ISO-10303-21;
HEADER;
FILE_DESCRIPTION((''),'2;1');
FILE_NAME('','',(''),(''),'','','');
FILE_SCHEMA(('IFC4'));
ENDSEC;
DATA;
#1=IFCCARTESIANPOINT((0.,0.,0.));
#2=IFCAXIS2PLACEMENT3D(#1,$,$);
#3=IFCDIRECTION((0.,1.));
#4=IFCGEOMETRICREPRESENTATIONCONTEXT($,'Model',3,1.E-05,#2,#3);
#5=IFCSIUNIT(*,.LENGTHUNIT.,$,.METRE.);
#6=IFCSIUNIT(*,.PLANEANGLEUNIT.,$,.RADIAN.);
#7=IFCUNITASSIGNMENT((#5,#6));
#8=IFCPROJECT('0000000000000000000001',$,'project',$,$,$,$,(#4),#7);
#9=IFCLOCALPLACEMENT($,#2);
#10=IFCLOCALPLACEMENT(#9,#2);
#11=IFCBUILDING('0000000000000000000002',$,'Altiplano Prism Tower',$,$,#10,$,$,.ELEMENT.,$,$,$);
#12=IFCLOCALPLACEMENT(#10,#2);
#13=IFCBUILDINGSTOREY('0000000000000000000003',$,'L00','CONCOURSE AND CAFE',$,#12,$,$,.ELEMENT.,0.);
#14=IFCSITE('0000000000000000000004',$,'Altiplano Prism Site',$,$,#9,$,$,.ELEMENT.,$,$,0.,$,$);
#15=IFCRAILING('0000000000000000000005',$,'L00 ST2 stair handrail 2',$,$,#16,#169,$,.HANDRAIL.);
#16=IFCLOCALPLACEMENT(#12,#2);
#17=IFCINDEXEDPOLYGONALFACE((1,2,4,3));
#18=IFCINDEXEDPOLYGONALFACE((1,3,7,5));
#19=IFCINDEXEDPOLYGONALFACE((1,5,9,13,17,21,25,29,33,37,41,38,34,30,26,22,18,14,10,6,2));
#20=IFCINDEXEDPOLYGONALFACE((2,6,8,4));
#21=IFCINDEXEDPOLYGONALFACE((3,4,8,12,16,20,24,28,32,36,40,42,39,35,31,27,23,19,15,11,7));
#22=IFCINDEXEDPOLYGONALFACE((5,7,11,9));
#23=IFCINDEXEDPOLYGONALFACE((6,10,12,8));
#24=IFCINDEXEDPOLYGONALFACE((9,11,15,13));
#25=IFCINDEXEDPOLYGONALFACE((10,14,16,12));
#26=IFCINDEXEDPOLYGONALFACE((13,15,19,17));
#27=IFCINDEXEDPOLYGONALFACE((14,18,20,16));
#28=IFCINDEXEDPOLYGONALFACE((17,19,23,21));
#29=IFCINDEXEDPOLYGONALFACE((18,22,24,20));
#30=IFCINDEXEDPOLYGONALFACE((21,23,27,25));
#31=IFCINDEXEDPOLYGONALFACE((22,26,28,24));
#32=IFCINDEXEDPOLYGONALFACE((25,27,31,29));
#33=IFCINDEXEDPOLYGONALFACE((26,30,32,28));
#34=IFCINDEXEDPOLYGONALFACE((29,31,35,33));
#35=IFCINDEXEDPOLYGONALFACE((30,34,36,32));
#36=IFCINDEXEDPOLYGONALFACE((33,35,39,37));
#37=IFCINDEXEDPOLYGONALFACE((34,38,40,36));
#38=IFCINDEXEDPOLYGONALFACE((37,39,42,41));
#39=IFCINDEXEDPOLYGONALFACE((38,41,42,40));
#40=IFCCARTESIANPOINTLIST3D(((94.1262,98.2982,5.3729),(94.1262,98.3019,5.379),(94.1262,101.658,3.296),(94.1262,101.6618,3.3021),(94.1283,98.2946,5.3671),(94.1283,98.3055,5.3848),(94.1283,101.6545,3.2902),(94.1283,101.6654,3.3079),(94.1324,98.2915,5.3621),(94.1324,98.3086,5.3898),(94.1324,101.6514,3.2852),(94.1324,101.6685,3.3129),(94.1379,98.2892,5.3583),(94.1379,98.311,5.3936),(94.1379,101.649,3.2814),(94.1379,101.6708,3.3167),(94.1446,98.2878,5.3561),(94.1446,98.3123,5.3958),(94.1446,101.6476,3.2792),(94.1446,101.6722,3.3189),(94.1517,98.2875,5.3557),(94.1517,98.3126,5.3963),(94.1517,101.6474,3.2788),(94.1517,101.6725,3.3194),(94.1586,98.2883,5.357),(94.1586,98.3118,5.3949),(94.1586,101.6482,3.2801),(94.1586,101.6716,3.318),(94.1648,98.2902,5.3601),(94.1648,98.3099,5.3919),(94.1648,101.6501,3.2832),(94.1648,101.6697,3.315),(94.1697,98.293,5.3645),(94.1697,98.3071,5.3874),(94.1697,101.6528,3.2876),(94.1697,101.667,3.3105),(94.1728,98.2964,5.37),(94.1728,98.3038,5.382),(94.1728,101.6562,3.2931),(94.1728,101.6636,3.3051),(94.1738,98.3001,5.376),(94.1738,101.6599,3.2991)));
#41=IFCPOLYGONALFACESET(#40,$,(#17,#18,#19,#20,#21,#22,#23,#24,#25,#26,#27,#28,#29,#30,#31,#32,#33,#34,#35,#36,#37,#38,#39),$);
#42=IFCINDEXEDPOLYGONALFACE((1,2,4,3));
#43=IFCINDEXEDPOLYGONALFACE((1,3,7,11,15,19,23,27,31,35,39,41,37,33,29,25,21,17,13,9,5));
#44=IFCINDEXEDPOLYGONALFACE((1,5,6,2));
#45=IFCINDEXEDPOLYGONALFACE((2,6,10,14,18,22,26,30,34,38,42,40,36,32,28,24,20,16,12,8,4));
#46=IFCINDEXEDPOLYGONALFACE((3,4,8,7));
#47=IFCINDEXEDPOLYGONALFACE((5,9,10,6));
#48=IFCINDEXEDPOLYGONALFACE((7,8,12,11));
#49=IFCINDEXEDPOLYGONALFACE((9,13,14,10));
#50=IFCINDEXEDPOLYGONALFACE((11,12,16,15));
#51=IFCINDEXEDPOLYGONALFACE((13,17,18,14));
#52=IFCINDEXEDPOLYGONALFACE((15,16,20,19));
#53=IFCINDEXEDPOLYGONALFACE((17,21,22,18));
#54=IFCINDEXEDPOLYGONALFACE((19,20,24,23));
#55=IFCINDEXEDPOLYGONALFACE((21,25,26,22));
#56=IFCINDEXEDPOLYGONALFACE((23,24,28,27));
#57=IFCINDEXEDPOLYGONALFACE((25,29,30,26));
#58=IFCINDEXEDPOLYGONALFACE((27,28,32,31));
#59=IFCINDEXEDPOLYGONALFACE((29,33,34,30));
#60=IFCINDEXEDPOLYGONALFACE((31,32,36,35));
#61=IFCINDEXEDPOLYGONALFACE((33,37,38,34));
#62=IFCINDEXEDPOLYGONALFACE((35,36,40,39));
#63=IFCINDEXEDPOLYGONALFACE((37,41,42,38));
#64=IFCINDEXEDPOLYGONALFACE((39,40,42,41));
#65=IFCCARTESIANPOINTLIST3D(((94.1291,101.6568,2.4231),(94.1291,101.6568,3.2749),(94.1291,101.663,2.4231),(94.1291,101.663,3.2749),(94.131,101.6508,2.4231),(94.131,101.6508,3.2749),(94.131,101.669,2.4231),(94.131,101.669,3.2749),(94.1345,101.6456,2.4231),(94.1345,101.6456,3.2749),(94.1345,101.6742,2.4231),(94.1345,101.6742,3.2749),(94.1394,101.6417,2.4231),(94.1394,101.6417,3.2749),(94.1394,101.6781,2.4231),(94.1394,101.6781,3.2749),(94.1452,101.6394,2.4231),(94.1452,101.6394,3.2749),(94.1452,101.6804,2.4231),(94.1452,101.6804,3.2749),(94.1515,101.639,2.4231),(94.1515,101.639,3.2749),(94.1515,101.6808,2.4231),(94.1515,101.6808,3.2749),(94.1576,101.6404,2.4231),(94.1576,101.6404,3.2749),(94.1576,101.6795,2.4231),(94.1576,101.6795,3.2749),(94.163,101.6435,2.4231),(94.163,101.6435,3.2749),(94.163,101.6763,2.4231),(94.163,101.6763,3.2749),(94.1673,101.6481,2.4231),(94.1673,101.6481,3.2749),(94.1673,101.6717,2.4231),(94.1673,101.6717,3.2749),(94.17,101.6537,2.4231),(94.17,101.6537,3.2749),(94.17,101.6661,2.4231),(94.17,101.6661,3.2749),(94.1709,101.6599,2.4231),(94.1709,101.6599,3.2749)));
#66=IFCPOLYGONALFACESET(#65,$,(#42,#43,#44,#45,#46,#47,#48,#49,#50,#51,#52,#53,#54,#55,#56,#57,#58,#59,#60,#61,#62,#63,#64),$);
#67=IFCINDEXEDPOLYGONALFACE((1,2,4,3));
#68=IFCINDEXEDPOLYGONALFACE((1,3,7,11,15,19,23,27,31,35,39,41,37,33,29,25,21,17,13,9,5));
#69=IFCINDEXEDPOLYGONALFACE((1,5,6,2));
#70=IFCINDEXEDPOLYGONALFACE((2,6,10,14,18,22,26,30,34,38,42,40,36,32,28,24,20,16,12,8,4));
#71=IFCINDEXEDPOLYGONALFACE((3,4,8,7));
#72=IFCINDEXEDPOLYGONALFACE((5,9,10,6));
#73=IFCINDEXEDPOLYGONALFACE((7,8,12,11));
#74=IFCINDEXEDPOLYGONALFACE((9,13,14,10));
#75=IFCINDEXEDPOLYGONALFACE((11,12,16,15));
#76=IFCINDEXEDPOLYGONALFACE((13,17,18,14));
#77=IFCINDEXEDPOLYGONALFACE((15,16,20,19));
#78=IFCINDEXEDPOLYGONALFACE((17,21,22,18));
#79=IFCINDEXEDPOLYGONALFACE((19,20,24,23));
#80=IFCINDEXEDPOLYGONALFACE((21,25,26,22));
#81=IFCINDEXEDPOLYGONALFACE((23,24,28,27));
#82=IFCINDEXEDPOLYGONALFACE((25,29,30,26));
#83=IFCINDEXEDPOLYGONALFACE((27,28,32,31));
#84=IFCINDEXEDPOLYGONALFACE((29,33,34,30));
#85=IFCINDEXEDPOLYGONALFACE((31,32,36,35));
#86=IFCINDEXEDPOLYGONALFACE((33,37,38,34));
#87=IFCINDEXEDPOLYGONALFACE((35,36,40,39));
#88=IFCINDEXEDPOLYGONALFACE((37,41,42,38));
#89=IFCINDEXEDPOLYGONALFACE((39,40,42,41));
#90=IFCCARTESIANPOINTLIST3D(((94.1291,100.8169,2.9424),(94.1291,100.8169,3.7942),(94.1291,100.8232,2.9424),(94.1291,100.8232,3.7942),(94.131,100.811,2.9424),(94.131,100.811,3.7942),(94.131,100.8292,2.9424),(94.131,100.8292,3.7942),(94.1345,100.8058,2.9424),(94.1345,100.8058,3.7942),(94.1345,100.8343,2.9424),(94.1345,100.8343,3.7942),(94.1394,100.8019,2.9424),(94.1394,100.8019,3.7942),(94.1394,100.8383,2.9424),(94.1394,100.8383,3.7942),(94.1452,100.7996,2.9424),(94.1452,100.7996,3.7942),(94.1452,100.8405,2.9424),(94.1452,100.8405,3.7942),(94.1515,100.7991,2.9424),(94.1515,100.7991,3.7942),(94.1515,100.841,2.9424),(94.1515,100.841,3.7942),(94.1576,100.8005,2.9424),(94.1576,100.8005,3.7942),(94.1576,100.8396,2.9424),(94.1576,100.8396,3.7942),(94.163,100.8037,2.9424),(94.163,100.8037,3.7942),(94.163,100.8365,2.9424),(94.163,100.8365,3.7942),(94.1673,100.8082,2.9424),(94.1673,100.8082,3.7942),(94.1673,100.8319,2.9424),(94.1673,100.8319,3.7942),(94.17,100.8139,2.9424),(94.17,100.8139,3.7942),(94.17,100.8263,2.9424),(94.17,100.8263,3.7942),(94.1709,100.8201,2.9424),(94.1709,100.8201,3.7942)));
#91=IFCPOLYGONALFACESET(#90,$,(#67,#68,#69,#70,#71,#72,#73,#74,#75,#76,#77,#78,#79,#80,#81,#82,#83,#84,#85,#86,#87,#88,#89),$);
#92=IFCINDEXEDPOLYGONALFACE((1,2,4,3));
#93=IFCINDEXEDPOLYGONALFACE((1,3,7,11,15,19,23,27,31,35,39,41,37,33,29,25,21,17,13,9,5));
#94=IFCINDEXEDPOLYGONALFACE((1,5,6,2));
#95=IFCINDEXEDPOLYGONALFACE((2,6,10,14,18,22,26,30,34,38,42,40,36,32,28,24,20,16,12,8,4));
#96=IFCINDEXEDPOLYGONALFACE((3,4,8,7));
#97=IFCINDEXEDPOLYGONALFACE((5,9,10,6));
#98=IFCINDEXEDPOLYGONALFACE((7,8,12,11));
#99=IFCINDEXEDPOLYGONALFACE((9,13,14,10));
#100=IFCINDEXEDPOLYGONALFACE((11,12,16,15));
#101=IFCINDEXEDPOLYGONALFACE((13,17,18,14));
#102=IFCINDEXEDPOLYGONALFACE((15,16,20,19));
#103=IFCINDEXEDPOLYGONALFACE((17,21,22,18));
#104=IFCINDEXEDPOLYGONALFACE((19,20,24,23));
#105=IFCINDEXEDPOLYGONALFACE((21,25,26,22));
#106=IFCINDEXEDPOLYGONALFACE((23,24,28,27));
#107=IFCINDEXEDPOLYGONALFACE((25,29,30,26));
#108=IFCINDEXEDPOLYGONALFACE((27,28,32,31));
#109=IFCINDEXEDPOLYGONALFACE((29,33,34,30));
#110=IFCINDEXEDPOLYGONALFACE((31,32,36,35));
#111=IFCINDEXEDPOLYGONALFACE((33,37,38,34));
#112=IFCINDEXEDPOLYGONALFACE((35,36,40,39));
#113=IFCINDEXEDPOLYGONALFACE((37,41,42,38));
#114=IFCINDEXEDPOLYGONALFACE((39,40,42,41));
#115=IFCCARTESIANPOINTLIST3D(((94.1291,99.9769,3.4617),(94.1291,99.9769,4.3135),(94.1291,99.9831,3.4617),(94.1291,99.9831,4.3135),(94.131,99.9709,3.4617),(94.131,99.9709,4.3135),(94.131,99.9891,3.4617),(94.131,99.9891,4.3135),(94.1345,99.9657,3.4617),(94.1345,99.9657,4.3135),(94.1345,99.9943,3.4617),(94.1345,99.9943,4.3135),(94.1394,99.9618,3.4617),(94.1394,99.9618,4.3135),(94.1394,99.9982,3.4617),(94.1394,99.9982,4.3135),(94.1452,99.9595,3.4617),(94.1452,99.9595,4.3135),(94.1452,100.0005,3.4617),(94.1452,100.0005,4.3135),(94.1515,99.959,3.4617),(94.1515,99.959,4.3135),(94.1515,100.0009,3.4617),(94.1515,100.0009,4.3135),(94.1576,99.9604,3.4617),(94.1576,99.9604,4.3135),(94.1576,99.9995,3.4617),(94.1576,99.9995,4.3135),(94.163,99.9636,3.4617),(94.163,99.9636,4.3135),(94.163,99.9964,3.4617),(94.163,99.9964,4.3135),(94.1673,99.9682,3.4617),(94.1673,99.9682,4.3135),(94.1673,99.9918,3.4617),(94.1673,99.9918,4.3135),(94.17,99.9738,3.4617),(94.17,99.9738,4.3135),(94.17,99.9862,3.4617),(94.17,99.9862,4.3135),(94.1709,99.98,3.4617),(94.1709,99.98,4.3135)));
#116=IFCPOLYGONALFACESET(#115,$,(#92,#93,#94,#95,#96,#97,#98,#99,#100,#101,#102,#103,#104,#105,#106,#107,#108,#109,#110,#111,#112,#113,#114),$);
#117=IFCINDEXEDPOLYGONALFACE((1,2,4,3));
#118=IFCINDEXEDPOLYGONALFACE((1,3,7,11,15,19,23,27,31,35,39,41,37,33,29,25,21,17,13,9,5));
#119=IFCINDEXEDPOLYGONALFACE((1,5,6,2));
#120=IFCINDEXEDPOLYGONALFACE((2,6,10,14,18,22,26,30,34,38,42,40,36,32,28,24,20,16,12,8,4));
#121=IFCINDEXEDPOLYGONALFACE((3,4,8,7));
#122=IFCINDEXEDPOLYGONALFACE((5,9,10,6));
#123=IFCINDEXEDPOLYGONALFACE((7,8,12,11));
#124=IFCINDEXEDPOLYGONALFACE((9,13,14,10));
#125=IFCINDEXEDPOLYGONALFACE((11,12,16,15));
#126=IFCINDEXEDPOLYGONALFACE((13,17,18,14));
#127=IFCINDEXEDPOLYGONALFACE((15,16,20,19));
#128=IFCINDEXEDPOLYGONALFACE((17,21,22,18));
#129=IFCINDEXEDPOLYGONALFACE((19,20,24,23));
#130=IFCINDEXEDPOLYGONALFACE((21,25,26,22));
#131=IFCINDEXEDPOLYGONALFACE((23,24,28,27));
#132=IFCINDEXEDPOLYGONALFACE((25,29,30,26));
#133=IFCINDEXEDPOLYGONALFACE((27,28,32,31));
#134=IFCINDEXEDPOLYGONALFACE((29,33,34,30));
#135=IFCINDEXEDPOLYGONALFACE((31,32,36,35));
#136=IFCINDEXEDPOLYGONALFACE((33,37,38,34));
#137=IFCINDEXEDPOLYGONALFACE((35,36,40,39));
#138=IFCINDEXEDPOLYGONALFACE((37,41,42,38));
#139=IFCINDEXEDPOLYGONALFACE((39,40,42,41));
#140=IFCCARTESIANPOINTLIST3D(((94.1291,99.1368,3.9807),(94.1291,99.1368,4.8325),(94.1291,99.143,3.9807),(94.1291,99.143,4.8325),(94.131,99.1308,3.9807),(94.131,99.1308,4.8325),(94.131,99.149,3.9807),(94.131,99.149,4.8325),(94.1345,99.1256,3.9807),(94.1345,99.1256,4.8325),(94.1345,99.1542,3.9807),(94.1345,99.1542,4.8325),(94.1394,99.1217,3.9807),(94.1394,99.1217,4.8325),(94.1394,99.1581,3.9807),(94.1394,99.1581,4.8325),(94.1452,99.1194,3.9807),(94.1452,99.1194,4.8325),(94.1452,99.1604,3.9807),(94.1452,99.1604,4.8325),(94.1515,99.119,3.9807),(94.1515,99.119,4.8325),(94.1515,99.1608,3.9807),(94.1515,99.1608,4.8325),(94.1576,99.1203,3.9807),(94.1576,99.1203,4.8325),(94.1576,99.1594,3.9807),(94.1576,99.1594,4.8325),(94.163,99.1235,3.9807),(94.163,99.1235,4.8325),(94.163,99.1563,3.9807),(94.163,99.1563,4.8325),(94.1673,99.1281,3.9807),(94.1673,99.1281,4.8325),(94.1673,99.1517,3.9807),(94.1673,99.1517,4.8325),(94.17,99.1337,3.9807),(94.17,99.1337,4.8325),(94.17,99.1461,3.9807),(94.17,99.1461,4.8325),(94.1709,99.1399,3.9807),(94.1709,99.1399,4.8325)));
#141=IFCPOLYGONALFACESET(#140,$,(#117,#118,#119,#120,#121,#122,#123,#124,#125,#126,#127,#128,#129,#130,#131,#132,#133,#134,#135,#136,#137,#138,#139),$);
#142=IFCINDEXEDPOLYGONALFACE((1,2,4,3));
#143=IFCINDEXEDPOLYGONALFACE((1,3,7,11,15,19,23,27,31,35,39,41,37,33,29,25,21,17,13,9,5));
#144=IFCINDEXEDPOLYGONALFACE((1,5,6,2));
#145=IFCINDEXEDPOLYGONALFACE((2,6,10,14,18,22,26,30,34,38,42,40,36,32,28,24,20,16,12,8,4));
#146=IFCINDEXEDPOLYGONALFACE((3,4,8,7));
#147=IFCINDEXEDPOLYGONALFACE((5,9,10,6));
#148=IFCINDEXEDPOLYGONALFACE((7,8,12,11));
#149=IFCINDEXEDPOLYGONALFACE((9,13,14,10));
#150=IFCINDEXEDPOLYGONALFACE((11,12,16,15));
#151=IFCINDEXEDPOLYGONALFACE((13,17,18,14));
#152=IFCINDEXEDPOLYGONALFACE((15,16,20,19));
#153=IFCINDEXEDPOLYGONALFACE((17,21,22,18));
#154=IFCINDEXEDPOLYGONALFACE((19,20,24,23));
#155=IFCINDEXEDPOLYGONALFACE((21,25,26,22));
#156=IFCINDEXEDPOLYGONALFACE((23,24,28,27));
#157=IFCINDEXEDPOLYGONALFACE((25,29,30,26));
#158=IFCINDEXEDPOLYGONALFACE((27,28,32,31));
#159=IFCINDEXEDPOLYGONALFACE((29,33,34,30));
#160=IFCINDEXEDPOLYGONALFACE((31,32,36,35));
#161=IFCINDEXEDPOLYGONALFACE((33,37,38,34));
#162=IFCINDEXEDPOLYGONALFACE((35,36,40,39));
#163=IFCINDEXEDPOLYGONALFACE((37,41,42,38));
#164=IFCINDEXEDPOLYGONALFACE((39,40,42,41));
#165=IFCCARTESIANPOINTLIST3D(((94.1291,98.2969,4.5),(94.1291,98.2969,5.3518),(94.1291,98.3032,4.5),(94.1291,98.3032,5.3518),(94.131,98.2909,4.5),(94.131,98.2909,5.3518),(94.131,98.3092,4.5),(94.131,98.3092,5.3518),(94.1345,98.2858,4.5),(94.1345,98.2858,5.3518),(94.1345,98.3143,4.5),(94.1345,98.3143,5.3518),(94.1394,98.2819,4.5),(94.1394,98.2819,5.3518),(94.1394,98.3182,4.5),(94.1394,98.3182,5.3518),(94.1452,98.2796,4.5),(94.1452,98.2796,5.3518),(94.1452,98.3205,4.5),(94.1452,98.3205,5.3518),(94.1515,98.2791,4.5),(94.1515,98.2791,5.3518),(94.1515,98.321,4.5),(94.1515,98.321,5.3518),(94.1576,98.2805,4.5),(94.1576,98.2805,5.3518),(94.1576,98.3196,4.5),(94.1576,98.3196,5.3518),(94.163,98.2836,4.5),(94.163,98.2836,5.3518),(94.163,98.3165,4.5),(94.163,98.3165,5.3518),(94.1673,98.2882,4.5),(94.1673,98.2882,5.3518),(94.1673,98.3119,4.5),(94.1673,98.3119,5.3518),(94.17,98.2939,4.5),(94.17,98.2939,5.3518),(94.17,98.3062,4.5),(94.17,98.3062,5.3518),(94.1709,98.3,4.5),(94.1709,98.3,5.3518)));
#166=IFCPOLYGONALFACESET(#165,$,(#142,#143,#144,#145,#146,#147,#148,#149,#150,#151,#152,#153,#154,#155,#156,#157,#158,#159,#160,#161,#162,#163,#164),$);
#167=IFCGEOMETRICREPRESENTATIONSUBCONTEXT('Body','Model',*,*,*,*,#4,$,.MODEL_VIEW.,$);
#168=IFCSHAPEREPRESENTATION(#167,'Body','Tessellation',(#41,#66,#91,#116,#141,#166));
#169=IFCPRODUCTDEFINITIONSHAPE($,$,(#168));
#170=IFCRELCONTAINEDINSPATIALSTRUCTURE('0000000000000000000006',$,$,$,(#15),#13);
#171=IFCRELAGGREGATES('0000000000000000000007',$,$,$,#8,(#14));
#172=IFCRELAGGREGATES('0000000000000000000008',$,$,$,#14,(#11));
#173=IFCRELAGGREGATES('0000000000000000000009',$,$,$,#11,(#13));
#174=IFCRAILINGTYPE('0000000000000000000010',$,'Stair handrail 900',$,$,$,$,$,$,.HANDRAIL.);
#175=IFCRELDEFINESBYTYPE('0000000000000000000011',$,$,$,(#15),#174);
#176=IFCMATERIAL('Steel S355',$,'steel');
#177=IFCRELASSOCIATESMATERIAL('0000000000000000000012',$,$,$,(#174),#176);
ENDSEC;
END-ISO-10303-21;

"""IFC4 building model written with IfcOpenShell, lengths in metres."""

from ifc_helpers import new_model, si_unit, direction, frame, origin, origin_2d, place, context, subcontext, project, spatial, circle, extrude, material, type_object, element, save


model = new_model("IFC4")

# Units and contexts
model_context = context("Model", 3, precision=1e-05, world=origin(), true_north=direction((0.0, 1.0)))
body_context = subcontext(model_context, "Body", "Model", "MODEL_VIEW")
ifc_project = project(units=[si_unit("LENGTHUNIT", "METRE"), si_unit("PLANEANGLEUNIT", "RADIAN")], contexts=[model_context])

# Site, building, storey
site_placement = place(None, origin())
site = spatial("IfcSite", under=ifc_project, at=site_placement, Name="Altiplano Prism Site", CompositionType="ELEMENT", RefElevation=0.0)
building_placement = place(site_placement, origin())
building = spatial("IfcBuilding", under=site, at=building_placement, Name="Altiplano Prism Tower", CompositionType="ELEMENT")
storey_placement = place(building_placement, origin())
storey = spatial("IfcBuildingStorey", under=building, at=storey_placement, Name="L00", Description="CONCOURSE AND CAFE", CompositionType="ELEMENT", Elevation=0.0)

# Railing
ifc_material_1 = material(Name="Steel S355", Category="steel")
railing_type_1 = type_object("IfcRailingType", Name="Stair handrail 900", PredefinedType="HANDRAIL", material=ifc_material_1)
railing_1_placement = place(storey_placement, frame((94.1499, 101.6599, 2.4231)))
element("IfcRailing", 1, at=railing_1_placement, inside=storey, type_object=railing_type_1, Name="L00 ST2 stair handrail 2", PredefinedType="HANDRAIL", context=body_context, shape_type="SweptSolid", body=[
    extrude(circle(Radius=0.0239, at=origin_2d()), frame((0.0, 0.0, 0.876), z_axis=(0.0, -0.850606, 0.525803), x_axis=(1.0, 0.0, 0.0)), (0.0, 0.0, 1.0), 3.95),
    extrude(circle(Radius=0.021, at=origin_2d()), origin(), (0.0, 0.0, 1.0), 0.8518),
    extrude(circle(Radius=0.021, at=origin_2d()), frame((0.0, -0.8398, 0.5193)), (0.0, 0.0, 1.0), 0.8518),
    extrude(circle(Radius=0.021, at=origin_2d()), frame((0.0, -1.6799, 1.0386)), (0.0, 0.0, 1.0), 0.8518),
    extrude(circle(Radius=0.021, at=origin_2d()), frame((0.0, -2.52, 1.5576)), (0.0, 0.0, 1.0), 0.8518),
    extrude(circle(Radius=0.021, at=origin_2d()), frame((0.0, -3.3599, 2.0769)), (0.0, 0.0, 1.0), 0.8518),
])

save(model, "model.ifc")
